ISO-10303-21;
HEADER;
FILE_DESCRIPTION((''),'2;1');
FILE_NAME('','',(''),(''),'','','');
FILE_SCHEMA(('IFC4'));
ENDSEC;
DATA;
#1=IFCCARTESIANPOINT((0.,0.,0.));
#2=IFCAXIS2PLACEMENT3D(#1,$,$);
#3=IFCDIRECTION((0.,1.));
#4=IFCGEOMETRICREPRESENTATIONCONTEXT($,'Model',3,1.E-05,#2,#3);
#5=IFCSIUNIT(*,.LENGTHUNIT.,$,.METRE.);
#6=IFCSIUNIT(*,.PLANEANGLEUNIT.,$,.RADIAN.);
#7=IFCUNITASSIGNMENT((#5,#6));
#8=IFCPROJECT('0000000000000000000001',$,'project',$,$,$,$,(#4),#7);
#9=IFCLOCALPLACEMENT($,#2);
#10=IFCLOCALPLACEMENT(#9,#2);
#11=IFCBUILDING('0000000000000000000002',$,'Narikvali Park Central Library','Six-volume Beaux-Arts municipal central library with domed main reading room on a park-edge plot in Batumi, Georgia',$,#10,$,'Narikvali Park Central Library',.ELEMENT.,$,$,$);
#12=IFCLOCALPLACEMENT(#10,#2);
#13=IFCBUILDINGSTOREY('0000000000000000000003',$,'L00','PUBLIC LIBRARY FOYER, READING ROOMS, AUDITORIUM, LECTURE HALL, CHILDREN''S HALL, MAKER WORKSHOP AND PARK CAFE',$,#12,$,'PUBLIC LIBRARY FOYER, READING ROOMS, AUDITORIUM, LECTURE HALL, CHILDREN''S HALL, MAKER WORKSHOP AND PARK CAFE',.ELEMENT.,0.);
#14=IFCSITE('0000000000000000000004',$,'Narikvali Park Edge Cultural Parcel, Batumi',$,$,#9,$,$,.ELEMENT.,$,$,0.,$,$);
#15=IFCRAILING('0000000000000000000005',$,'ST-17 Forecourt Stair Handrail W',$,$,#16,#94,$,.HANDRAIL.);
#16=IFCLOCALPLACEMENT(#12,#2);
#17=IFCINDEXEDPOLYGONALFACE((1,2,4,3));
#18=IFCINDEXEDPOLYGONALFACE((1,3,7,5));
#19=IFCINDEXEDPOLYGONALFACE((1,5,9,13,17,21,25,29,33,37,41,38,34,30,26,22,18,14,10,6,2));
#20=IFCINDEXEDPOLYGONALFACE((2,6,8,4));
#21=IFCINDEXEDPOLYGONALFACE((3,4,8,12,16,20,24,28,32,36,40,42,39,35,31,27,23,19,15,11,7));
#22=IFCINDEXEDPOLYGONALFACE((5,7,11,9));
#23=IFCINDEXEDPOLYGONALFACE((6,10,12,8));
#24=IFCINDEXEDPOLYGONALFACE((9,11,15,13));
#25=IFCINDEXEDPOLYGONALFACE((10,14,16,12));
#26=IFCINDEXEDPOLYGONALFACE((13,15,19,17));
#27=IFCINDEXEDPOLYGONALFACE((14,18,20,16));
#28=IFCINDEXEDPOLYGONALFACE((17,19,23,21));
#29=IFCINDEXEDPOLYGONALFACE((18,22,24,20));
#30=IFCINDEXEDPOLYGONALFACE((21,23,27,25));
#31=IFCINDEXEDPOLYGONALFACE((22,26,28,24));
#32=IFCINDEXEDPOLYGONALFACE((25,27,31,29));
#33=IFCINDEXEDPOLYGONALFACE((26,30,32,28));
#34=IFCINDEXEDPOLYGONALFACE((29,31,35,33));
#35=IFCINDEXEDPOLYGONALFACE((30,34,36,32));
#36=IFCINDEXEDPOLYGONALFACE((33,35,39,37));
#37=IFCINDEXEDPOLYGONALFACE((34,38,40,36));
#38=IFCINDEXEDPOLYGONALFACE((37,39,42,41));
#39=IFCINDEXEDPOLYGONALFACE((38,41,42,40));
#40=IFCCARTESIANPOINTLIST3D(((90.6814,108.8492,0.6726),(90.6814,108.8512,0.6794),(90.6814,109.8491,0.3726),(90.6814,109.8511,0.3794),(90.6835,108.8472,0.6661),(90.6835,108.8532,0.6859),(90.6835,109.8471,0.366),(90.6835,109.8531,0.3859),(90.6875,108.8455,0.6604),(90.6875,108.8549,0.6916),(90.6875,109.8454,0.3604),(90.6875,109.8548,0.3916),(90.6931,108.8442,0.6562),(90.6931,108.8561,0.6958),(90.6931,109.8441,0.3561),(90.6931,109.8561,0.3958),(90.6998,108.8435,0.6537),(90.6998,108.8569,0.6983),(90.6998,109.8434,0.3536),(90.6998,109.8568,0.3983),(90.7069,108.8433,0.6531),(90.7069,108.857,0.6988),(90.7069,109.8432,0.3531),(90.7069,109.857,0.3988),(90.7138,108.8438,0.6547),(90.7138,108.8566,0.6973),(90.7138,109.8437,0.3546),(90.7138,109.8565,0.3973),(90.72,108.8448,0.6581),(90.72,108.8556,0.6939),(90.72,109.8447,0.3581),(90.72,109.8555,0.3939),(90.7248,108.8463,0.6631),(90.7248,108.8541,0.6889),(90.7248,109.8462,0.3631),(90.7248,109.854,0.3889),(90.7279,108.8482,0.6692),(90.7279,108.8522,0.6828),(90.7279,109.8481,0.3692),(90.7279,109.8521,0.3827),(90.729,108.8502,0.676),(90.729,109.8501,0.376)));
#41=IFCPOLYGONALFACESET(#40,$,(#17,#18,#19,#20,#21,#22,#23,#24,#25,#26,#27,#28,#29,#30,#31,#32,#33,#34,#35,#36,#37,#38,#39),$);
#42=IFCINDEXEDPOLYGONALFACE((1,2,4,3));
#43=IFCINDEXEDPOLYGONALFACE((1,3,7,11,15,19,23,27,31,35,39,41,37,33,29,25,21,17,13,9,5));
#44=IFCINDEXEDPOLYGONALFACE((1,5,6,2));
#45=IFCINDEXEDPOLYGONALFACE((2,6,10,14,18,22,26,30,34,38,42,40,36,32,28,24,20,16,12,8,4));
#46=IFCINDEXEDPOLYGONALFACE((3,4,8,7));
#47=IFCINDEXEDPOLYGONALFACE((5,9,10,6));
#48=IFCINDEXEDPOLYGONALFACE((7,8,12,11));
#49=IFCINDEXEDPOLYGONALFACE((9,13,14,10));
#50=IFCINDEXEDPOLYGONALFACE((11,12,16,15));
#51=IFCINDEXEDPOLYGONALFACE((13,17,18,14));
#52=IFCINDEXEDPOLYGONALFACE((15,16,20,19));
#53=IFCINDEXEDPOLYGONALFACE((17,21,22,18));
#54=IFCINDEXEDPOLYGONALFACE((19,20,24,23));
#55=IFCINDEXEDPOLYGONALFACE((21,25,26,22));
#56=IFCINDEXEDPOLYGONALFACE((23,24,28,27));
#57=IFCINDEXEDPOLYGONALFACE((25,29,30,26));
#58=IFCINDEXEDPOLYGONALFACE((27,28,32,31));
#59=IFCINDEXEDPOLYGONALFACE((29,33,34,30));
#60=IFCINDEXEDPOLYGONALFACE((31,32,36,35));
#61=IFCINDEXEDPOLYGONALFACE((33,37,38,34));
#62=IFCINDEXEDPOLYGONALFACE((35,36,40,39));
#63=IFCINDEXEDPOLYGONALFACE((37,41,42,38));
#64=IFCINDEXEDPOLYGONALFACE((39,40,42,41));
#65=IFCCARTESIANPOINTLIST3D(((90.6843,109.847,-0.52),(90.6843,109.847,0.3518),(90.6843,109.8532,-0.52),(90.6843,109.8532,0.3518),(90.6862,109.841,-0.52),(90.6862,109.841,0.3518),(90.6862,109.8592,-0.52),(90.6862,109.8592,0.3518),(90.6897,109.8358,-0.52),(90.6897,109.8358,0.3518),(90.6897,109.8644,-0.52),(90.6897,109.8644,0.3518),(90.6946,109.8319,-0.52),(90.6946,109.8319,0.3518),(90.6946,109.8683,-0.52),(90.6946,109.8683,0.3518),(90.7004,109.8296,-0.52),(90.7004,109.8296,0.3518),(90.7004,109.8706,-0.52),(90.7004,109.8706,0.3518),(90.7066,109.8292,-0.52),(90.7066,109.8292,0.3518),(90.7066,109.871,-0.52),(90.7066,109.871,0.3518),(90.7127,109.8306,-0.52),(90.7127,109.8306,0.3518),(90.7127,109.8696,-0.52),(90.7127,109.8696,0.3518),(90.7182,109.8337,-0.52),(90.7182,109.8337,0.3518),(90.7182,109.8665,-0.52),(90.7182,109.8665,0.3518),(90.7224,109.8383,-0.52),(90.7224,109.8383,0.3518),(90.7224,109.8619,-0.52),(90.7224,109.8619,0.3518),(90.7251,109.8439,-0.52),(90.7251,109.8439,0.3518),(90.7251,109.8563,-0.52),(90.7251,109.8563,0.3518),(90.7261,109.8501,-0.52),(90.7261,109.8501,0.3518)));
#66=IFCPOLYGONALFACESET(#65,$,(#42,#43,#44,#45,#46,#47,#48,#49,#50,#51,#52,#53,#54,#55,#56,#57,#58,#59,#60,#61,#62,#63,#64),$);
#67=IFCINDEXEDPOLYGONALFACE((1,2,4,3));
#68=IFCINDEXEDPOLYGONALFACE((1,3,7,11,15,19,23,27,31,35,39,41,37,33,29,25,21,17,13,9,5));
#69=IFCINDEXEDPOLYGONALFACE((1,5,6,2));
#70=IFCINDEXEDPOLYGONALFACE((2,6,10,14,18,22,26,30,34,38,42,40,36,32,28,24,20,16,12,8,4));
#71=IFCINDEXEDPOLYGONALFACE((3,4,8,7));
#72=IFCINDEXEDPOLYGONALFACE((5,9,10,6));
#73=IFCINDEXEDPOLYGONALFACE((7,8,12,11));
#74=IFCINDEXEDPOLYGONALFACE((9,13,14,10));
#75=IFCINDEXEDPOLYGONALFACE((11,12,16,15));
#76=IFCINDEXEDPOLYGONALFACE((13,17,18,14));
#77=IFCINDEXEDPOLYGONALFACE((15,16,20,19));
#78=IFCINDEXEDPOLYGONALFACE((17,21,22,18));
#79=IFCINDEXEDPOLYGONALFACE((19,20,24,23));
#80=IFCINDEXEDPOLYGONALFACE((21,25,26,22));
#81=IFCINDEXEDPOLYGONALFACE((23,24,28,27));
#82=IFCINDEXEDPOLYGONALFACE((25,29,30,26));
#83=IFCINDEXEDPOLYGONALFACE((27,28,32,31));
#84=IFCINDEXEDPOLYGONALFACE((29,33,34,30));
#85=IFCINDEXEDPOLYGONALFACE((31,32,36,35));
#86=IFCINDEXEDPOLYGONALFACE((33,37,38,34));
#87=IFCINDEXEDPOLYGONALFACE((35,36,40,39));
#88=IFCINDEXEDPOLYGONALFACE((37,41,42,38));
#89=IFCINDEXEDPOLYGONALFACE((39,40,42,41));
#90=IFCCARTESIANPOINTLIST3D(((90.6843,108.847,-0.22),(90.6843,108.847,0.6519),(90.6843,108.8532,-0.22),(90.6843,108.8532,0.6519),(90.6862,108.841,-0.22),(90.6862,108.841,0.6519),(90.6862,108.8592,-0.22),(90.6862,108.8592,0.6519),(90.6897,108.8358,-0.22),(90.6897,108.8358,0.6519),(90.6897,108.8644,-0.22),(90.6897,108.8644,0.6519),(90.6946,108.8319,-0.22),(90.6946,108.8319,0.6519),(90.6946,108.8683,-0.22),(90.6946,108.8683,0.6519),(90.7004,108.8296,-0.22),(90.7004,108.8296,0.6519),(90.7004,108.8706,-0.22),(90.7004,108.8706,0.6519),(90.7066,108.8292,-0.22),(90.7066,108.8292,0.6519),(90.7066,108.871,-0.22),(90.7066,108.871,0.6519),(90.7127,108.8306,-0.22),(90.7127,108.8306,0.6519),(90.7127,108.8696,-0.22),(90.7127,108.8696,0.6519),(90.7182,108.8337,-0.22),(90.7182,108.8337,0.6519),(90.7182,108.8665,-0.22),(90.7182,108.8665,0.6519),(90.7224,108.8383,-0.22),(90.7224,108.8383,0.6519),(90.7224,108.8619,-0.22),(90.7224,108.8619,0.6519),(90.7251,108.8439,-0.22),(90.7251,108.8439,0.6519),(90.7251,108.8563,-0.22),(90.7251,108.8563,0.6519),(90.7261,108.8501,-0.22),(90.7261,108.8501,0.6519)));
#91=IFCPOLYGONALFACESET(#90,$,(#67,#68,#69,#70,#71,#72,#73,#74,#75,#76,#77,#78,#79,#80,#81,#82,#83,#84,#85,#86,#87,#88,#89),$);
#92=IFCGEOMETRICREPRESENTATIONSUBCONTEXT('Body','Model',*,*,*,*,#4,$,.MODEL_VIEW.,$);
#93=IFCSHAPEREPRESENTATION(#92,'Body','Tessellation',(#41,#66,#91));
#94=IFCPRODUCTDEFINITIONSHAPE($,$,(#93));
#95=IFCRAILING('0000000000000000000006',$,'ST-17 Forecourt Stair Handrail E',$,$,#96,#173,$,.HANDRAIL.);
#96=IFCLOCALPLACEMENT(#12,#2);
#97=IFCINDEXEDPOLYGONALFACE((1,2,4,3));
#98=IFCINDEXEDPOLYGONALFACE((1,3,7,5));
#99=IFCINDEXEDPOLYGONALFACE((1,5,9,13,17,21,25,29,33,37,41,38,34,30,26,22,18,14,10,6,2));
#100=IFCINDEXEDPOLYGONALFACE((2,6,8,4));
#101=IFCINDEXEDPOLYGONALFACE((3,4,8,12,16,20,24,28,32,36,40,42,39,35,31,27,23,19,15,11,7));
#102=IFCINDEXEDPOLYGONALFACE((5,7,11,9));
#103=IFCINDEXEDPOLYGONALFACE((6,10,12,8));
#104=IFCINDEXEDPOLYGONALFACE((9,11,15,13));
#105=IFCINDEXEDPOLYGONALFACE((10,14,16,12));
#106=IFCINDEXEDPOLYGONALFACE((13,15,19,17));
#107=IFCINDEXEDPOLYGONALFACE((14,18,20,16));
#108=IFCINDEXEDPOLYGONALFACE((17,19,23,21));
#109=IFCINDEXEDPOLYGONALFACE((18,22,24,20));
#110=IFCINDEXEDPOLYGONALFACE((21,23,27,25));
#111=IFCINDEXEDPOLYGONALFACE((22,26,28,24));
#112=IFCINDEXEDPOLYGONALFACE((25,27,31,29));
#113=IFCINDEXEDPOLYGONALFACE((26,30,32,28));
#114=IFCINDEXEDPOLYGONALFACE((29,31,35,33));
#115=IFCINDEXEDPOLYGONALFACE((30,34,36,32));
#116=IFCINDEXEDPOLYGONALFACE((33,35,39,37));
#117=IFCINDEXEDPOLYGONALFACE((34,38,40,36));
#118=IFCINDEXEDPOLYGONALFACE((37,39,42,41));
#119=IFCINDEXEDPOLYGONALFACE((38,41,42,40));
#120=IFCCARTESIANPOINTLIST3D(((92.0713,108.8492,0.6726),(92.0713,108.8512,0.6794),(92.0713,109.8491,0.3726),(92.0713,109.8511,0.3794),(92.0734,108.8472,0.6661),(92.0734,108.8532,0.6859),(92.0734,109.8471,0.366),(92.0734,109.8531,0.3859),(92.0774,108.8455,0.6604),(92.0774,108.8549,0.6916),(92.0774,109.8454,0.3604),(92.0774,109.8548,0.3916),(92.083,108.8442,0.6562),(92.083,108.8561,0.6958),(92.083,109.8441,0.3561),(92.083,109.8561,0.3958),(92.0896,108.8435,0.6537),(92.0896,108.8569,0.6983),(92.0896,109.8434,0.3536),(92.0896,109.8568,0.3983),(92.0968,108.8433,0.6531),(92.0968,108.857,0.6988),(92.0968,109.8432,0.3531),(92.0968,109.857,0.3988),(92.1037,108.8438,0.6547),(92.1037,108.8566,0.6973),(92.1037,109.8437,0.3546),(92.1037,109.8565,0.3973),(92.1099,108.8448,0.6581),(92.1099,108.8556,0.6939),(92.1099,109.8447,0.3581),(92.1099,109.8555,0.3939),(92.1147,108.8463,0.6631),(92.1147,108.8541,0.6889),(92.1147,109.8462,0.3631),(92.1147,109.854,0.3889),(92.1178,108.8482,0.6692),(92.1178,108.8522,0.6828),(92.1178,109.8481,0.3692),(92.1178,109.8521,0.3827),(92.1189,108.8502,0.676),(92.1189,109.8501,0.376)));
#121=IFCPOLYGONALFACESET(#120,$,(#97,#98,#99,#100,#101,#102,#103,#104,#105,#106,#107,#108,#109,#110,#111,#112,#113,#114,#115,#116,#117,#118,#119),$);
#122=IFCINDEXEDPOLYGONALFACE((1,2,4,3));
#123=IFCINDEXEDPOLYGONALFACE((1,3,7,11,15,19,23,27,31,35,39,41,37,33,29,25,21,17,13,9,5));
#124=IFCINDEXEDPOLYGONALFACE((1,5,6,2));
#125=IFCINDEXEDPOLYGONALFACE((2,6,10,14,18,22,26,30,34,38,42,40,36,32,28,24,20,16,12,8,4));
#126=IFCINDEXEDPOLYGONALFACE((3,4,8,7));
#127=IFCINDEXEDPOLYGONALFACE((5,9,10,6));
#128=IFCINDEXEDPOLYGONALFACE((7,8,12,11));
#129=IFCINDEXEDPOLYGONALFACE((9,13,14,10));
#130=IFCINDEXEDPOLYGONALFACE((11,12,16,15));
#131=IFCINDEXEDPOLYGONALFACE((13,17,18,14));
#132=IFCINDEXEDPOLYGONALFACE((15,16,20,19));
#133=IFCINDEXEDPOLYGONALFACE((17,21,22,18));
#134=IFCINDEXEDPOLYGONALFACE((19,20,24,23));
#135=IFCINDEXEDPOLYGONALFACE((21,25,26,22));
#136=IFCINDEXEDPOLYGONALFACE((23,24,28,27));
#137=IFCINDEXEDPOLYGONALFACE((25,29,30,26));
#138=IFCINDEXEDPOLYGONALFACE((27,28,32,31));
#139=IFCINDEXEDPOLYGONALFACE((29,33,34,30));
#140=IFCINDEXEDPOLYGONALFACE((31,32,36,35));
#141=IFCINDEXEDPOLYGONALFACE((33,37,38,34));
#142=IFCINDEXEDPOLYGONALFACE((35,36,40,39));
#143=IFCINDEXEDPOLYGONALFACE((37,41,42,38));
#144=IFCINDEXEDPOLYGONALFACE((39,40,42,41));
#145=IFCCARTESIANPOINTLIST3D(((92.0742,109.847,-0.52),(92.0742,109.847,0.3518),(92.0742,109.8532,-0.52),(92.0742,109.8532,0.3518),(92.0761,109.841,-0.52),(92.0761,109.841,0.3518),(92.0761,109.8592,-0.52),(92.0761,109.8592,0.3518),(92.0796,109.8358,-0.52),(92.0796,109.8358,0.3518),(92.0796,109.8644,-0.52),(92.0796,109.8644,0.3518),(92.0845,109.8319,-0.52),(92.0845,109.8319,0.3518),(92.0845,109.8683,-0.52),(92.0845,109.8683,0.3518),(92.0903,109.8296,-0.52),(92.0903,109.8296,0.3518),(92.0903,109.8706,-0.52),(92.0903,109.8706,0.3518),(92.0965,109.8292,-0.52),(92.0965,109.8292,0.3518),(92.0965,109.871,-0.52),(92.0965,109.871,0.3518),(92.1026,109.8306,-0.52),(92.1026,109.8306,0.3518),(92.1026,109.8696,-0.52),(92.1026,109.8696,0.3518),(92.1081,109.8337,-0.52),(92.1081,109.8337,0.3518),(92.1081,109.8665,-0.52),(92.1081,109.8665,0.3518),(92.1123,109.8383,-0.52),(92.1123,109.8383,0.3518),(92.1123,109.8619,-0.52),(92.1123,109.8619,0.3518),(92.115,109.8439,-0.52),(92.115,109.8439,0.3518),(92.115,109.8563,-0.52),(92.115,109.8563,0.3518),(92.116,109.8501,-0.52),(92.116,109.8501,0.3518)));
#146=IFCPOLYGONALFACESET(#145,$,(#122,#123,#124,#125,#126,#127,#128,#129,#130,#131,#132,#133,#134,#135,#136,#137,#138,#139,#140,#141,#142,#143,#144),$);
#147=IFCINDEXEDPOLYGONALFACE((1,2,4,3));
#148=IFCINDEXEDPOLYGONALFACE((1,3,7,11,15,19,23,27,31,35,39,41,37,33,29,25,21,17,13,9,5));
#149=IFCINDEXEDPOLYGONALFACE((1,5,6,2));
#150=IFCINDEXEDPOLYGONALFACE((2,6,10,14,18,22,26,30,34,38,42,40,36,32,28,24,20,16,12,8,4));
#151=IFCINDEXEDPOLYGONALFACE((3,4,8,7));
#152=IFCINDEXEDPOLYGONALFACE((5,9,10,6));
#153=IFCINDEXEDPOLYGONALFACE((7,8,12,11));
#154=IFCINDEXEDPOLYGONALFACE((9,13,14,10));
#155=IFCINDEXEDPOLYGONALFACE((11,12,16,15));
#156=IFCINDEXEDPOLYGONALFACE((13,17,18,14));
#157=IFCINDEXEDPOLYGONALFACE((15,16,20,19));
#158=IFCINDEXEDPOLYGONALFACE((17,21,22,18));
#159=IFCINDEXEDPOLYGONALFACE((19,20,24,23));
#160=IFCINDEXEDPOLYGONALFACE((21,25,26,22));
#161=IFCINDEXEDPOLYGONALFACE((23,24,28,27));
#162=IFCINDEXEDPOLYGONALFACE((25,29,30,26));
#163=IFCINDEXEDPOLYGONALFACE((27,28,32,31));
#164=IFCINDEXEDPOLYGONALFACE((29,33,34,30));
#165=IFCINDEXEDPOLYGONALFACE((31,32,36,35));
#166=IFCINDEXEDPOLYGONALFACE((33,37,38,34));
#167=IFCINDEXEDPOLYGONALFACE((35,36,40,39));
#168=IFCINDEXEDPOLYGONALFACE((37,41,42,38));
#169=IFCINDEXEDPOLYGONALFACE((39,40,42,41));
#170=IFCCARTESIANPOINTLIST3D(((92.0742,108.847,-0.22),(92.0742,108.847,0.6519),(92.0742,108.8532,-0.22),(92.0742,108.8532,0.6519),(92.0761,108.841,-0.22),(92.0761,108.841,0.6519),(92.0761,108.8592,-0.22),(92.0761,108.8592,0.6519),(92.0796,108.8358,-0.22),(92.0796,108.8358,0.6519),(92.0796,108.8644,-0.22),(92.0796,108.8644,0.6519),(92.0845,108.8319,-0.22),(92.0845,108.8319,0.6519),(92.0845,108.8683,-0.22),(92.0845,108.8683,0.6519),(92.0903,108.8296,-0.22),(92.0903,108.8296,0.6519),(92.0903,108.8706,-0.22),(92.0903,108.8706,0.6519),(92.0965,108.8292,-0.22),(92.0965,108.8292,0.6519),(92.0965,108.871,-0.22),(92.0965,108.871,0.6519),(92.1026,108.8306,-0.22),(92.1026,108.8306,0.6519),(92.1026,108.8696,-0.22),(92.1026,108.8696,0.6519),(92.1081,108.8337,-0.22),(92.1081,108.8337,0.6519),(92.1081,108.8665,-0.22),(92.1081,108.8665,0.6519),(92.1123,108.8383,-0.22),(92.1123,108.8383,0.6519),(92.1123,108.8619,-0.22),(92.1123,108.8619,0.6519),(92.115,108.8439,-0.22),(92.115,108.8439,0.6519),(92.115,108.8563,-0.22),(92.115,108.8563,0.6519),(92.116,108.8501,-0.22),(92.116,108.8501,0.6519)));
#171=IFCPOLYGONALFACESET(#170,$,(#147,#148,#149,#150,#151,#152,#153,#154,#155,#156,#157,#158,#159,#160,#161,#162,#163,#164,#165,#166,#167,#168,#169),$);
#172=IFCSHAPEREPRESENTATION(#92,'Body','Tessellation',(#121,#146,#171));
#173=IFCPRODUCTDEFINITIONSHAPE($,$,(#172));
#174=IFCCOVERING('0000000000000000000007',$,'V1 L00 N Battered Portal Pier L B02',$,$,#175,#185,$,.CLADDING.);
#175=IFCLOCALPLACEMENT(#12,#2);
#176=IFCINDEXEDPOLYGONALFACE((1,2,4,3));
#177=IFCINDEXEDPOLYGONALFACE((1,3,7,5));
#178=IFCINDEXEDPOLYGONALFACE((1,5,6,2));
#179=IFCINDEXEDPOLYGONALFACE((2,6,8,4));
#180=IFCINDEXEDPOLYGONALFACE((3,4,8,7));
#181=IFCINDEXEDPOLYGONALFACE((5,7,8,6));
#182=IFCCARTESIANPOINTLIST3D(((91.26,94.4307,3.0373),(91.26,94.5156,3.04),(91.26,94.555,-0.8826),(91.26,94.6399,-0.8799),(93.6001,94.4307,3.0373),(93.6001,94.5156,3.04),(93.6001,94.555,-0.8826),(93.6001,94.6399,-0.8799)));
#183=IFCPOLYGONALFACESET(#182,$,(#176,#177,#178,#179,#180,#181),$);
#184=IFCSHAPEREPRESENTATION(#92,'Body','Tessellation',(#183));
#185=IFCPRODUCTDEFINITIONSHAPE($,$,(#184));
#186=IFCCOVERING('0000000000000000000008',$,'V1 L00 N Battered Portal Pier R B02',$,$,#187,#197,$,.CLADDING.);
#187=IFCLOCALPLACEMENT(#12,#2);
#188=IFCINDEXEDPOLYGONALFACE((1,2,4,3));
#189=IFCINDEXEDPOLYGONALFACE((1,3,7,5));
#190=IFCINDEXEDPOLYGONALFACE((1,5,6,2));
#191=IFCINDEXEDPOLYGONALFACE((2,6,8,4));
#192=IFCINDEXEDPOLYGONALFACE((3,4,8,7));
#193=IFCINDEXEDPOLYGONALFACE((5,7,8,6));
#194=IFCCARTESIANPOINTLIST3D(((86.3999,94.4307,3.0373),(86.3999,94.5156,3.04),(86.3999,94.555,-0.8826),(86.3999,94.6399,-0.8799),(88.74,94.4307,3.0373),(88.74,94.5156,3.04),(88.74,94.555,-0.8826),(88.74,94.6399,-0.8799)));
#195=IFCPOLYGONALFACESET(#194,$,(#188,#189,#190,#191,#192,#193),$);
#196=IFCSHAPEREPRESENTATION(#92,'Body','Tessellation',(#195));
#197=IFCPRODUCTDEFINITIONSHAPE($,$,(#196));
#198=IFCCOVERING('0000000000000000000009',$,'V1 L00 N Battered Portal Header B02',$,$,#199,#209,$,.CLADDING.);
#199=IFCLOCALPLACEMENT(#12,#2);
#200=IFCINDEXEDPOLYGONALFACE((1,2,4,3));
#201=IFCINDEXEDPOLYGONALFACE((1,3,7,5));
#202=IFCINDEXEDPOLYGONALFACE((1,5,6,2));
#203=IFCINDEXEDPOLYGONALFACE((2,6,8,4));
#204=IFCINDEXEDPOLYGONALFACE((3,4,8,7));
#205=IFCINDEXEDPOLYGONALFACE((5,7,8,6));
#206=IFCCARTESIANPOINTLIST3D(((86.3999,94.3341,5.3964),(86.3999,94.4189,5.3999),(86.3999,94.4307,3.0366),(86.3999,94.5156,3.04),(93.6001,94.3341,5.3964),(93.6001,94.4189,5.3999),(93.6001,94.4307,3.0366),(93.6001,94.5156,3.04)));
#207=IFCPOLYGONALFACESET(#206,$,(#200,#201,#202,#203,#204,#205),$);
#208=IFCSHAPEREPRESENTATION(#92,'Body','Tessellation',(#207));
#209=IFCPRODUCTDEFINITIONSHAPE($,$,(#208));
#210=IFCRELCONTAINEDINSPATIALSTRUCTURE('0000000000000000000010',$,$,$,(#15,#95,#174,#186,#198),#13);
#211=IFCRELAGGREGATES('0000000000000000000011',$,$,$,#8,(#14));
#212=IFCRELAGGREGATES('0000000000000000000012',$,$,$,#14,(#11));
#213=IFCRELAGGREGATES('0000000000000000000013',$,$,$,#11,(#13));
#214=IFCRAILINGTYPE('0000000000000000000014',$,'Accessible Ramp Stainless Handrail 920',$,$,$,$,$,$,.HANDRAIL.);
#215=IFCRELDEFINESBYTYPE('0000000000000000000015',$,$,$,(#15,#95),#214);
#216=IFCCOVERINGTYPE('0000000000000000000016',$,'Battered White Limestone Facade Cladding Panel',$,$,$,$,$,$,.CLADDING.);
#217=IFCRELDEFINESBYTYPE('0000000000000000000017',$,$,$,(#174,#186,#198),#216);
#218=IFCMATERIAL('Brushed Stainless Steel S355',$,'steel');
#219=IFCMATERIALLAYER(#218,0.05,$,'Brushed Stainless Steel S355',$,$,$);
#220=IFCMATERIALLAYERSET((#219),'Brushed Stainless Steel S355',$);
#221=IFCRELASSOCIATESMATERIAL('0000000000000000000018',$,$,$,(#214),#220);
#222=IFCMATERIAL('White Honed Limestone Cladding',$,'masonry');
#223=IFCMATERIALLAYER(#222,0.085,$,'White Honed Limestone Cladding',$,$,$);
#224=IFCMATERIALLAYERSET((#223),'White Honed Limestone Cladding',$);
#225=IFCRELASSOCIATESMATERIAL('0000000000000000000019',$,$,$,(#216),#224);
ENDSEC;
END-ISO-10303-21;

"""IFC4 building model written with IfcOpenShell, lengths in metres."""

from ifc_helpers import new_model, si_unit, direction, frame, origin, origin_2d, place, context, subcontext, project, spatial, polyline, circle, outline, extrude, material, layer, layer_set, type_object, element, save


model = new_model("IFC4")

# Units and contexts
model_context = context("Model", 3, precision=1e-05, world=origin(), true_north=direction((0.0, 1.0)))
body_context = subcontext(model_context, "Body", "Model", "MODEL_VIEW")
ifc_project = project(units=[si_unit("LENGTHUNIT", "METRE"), si_unit("PLANEANGLEUNIT", "RADIAN")], contexts=[model_context])

# Site, building, storey
site_placement = place(None, origin())
site = spatial("IfcSite", under=ifc_project, at=site_placement, Name="Narikvali Park Edge Cultural Parcel, Batumi", CompositionType="ELEMENT", RefElevation=0.0)
building_placement = place(site_placement, origin())
building = spatial("IfcBuilding", under=site, at=building_placement, Name="Narikvali Park Central Library", Description="Six-volume Beaux-Arts municipal central library with domed main reading room on a park-edge plot in Batumi, Georgia", LongName="Narikvali Park Central Library", CompositionType="ELEMENT")
storey_placement = place(building_placement, origin())
storey = spatial("IfcBuildingStorey", under=building, at=storey_placement, Name="L00", Description="PUBLIC LIBRARY FOYER, READING ROOMS, AUDITORIUM, LECTURE HALL, CHILDREN'S HALL, MAKER WORKSHOP AND PARK CAFE", LongName="PUBLIC LIBRARY FOYER, READING ROOMS, AUDITORIUM, LECTURE HALL, CHILDREN'S HALL, MAKER WORKSHOP AND PARK CAFE", CompositionType="ELEMENT", Elevation=0.0)

# Railings
ifc_material_1 = material(Name="Brushed Stainless Steel S355", Category="steel")
ifc_layer_1 = layer(ifc_material_1, 0.05, Name="Brushed Stainless Steel S355")
ifc_layer_set_1 = layer_set([ifc_layer_1], Name="Brushed Stainless Steel S355")
railing_type = type_object("IfcRailingType", Name="Accessible Ramp Stainless Handrail 920", PredefinedType="HANDRAIL", material=ifc_layer_set_1)
for number, where, name in (
    (1, (90.7051, 109.8501, -0.52), "ST-17 Forecourt Stair Handrail W"),
    (2, (92.095, 109.8501, -0.52), "ST-17 Forecourt Stair Handrail E"),
):
    element("IfcRailing", number, at=place(storey_placement, frame(where)), inside=storey, type_object=railing_type, Name=name, PredefinedType="HANDRAIL", context=body_context, shape_type="SweptSolid", body=[
        extrude(circle(Radius=0.0239, at=origin_2d()), frame((0.0, 0.0, 0.896), z_axis=(0.0, -0.957813, 0.287391), x_axis=(1.0, 0.0, 0.0)), (0.0, 0.0, 1.0), 1.0439),
        extrude(circle(Radius=0.021, at=origin_2d()), origin(), (0.0, 0.0, 1.0), 0.8718),
        extrude(circle(Radius=0.021, at=origin_2d()), frame((0.0, -1.0, 0.3)), (0.0, 0.0, 1.0), 0.8718),
    ])

# Coverings
ifc_material_2 = material(Name="White Honed Limestone Cladding", Category="masonry")
ifc_layer_2 = layer(ifc_material_2, 0.085, Name="White Honed Limestone Cladding")
ifc_layer_set_2 = layer_set([ifc_layer_2], Name="White Honed Limestone Cladding")
covering_type = type_object("IfcCoveringType", Name="Battered White Limestone Facade Cladding Panel", PredefinedType="CLADDING", material=ifc_layer_set_2)
for number, where, z_axis, x_axis, name in (
    (3, (93.6001, 94.6399, -0.8799), (0.0, 0.999498, 0.031686), (-1.0, 0.0, 0.0), "V1 L00 N Battered Portal Pier L B02"),
    (4, (88.74, 94.6399, -0.8799), (0.0, 0.999498, 0.031686), (-1.0, 0.0, 0.0), "V1 L00 N Battered Portal Pier R B02"),
):
    element("IfcCovering", number, at=place(storey_placement, frame(where, z_axis=z_axis, x_axis=x_axis)), inside=storey, type_object=covering_type, Name=name, PredefinedType="CLADDING", context=body_context, shape_type="SweptSolid", body=[
        extrude(outline(polyline([(0.0, 0.0), (2.3401, 0.0), (2.3401, 3.9219), (0.0, 3.9219), (0.0, 0.0)])), origin(), (0.0, 0.0, -1.0), 0.085),
    ])
covering_1_placement = place(storey_placement, frame((93.6001, 94.5156, 3.04), z_axis=(0.0, 0.999162, 0.040934), x_axis=(-1.0, 0.0, 0.0)))
element("IfcCovering", 5, at=covering_1_placement, inside=storey, type_object=covering_type, Name="V1 L00 N Battered Portal Header B02", PredefinedType="CLADDING", context=body_context, shape_type="SweptSolid", body=[
    extrude(outline(polyline([(0.0, 0.0), (7.2002, 0.0), (7.2002, 2.3618), (0.0, 2.3618), (0.0, 0.0)])), origin(), (0.0, 0.0, -1.0), 0.085),
])

save(model, "model.ifc")
